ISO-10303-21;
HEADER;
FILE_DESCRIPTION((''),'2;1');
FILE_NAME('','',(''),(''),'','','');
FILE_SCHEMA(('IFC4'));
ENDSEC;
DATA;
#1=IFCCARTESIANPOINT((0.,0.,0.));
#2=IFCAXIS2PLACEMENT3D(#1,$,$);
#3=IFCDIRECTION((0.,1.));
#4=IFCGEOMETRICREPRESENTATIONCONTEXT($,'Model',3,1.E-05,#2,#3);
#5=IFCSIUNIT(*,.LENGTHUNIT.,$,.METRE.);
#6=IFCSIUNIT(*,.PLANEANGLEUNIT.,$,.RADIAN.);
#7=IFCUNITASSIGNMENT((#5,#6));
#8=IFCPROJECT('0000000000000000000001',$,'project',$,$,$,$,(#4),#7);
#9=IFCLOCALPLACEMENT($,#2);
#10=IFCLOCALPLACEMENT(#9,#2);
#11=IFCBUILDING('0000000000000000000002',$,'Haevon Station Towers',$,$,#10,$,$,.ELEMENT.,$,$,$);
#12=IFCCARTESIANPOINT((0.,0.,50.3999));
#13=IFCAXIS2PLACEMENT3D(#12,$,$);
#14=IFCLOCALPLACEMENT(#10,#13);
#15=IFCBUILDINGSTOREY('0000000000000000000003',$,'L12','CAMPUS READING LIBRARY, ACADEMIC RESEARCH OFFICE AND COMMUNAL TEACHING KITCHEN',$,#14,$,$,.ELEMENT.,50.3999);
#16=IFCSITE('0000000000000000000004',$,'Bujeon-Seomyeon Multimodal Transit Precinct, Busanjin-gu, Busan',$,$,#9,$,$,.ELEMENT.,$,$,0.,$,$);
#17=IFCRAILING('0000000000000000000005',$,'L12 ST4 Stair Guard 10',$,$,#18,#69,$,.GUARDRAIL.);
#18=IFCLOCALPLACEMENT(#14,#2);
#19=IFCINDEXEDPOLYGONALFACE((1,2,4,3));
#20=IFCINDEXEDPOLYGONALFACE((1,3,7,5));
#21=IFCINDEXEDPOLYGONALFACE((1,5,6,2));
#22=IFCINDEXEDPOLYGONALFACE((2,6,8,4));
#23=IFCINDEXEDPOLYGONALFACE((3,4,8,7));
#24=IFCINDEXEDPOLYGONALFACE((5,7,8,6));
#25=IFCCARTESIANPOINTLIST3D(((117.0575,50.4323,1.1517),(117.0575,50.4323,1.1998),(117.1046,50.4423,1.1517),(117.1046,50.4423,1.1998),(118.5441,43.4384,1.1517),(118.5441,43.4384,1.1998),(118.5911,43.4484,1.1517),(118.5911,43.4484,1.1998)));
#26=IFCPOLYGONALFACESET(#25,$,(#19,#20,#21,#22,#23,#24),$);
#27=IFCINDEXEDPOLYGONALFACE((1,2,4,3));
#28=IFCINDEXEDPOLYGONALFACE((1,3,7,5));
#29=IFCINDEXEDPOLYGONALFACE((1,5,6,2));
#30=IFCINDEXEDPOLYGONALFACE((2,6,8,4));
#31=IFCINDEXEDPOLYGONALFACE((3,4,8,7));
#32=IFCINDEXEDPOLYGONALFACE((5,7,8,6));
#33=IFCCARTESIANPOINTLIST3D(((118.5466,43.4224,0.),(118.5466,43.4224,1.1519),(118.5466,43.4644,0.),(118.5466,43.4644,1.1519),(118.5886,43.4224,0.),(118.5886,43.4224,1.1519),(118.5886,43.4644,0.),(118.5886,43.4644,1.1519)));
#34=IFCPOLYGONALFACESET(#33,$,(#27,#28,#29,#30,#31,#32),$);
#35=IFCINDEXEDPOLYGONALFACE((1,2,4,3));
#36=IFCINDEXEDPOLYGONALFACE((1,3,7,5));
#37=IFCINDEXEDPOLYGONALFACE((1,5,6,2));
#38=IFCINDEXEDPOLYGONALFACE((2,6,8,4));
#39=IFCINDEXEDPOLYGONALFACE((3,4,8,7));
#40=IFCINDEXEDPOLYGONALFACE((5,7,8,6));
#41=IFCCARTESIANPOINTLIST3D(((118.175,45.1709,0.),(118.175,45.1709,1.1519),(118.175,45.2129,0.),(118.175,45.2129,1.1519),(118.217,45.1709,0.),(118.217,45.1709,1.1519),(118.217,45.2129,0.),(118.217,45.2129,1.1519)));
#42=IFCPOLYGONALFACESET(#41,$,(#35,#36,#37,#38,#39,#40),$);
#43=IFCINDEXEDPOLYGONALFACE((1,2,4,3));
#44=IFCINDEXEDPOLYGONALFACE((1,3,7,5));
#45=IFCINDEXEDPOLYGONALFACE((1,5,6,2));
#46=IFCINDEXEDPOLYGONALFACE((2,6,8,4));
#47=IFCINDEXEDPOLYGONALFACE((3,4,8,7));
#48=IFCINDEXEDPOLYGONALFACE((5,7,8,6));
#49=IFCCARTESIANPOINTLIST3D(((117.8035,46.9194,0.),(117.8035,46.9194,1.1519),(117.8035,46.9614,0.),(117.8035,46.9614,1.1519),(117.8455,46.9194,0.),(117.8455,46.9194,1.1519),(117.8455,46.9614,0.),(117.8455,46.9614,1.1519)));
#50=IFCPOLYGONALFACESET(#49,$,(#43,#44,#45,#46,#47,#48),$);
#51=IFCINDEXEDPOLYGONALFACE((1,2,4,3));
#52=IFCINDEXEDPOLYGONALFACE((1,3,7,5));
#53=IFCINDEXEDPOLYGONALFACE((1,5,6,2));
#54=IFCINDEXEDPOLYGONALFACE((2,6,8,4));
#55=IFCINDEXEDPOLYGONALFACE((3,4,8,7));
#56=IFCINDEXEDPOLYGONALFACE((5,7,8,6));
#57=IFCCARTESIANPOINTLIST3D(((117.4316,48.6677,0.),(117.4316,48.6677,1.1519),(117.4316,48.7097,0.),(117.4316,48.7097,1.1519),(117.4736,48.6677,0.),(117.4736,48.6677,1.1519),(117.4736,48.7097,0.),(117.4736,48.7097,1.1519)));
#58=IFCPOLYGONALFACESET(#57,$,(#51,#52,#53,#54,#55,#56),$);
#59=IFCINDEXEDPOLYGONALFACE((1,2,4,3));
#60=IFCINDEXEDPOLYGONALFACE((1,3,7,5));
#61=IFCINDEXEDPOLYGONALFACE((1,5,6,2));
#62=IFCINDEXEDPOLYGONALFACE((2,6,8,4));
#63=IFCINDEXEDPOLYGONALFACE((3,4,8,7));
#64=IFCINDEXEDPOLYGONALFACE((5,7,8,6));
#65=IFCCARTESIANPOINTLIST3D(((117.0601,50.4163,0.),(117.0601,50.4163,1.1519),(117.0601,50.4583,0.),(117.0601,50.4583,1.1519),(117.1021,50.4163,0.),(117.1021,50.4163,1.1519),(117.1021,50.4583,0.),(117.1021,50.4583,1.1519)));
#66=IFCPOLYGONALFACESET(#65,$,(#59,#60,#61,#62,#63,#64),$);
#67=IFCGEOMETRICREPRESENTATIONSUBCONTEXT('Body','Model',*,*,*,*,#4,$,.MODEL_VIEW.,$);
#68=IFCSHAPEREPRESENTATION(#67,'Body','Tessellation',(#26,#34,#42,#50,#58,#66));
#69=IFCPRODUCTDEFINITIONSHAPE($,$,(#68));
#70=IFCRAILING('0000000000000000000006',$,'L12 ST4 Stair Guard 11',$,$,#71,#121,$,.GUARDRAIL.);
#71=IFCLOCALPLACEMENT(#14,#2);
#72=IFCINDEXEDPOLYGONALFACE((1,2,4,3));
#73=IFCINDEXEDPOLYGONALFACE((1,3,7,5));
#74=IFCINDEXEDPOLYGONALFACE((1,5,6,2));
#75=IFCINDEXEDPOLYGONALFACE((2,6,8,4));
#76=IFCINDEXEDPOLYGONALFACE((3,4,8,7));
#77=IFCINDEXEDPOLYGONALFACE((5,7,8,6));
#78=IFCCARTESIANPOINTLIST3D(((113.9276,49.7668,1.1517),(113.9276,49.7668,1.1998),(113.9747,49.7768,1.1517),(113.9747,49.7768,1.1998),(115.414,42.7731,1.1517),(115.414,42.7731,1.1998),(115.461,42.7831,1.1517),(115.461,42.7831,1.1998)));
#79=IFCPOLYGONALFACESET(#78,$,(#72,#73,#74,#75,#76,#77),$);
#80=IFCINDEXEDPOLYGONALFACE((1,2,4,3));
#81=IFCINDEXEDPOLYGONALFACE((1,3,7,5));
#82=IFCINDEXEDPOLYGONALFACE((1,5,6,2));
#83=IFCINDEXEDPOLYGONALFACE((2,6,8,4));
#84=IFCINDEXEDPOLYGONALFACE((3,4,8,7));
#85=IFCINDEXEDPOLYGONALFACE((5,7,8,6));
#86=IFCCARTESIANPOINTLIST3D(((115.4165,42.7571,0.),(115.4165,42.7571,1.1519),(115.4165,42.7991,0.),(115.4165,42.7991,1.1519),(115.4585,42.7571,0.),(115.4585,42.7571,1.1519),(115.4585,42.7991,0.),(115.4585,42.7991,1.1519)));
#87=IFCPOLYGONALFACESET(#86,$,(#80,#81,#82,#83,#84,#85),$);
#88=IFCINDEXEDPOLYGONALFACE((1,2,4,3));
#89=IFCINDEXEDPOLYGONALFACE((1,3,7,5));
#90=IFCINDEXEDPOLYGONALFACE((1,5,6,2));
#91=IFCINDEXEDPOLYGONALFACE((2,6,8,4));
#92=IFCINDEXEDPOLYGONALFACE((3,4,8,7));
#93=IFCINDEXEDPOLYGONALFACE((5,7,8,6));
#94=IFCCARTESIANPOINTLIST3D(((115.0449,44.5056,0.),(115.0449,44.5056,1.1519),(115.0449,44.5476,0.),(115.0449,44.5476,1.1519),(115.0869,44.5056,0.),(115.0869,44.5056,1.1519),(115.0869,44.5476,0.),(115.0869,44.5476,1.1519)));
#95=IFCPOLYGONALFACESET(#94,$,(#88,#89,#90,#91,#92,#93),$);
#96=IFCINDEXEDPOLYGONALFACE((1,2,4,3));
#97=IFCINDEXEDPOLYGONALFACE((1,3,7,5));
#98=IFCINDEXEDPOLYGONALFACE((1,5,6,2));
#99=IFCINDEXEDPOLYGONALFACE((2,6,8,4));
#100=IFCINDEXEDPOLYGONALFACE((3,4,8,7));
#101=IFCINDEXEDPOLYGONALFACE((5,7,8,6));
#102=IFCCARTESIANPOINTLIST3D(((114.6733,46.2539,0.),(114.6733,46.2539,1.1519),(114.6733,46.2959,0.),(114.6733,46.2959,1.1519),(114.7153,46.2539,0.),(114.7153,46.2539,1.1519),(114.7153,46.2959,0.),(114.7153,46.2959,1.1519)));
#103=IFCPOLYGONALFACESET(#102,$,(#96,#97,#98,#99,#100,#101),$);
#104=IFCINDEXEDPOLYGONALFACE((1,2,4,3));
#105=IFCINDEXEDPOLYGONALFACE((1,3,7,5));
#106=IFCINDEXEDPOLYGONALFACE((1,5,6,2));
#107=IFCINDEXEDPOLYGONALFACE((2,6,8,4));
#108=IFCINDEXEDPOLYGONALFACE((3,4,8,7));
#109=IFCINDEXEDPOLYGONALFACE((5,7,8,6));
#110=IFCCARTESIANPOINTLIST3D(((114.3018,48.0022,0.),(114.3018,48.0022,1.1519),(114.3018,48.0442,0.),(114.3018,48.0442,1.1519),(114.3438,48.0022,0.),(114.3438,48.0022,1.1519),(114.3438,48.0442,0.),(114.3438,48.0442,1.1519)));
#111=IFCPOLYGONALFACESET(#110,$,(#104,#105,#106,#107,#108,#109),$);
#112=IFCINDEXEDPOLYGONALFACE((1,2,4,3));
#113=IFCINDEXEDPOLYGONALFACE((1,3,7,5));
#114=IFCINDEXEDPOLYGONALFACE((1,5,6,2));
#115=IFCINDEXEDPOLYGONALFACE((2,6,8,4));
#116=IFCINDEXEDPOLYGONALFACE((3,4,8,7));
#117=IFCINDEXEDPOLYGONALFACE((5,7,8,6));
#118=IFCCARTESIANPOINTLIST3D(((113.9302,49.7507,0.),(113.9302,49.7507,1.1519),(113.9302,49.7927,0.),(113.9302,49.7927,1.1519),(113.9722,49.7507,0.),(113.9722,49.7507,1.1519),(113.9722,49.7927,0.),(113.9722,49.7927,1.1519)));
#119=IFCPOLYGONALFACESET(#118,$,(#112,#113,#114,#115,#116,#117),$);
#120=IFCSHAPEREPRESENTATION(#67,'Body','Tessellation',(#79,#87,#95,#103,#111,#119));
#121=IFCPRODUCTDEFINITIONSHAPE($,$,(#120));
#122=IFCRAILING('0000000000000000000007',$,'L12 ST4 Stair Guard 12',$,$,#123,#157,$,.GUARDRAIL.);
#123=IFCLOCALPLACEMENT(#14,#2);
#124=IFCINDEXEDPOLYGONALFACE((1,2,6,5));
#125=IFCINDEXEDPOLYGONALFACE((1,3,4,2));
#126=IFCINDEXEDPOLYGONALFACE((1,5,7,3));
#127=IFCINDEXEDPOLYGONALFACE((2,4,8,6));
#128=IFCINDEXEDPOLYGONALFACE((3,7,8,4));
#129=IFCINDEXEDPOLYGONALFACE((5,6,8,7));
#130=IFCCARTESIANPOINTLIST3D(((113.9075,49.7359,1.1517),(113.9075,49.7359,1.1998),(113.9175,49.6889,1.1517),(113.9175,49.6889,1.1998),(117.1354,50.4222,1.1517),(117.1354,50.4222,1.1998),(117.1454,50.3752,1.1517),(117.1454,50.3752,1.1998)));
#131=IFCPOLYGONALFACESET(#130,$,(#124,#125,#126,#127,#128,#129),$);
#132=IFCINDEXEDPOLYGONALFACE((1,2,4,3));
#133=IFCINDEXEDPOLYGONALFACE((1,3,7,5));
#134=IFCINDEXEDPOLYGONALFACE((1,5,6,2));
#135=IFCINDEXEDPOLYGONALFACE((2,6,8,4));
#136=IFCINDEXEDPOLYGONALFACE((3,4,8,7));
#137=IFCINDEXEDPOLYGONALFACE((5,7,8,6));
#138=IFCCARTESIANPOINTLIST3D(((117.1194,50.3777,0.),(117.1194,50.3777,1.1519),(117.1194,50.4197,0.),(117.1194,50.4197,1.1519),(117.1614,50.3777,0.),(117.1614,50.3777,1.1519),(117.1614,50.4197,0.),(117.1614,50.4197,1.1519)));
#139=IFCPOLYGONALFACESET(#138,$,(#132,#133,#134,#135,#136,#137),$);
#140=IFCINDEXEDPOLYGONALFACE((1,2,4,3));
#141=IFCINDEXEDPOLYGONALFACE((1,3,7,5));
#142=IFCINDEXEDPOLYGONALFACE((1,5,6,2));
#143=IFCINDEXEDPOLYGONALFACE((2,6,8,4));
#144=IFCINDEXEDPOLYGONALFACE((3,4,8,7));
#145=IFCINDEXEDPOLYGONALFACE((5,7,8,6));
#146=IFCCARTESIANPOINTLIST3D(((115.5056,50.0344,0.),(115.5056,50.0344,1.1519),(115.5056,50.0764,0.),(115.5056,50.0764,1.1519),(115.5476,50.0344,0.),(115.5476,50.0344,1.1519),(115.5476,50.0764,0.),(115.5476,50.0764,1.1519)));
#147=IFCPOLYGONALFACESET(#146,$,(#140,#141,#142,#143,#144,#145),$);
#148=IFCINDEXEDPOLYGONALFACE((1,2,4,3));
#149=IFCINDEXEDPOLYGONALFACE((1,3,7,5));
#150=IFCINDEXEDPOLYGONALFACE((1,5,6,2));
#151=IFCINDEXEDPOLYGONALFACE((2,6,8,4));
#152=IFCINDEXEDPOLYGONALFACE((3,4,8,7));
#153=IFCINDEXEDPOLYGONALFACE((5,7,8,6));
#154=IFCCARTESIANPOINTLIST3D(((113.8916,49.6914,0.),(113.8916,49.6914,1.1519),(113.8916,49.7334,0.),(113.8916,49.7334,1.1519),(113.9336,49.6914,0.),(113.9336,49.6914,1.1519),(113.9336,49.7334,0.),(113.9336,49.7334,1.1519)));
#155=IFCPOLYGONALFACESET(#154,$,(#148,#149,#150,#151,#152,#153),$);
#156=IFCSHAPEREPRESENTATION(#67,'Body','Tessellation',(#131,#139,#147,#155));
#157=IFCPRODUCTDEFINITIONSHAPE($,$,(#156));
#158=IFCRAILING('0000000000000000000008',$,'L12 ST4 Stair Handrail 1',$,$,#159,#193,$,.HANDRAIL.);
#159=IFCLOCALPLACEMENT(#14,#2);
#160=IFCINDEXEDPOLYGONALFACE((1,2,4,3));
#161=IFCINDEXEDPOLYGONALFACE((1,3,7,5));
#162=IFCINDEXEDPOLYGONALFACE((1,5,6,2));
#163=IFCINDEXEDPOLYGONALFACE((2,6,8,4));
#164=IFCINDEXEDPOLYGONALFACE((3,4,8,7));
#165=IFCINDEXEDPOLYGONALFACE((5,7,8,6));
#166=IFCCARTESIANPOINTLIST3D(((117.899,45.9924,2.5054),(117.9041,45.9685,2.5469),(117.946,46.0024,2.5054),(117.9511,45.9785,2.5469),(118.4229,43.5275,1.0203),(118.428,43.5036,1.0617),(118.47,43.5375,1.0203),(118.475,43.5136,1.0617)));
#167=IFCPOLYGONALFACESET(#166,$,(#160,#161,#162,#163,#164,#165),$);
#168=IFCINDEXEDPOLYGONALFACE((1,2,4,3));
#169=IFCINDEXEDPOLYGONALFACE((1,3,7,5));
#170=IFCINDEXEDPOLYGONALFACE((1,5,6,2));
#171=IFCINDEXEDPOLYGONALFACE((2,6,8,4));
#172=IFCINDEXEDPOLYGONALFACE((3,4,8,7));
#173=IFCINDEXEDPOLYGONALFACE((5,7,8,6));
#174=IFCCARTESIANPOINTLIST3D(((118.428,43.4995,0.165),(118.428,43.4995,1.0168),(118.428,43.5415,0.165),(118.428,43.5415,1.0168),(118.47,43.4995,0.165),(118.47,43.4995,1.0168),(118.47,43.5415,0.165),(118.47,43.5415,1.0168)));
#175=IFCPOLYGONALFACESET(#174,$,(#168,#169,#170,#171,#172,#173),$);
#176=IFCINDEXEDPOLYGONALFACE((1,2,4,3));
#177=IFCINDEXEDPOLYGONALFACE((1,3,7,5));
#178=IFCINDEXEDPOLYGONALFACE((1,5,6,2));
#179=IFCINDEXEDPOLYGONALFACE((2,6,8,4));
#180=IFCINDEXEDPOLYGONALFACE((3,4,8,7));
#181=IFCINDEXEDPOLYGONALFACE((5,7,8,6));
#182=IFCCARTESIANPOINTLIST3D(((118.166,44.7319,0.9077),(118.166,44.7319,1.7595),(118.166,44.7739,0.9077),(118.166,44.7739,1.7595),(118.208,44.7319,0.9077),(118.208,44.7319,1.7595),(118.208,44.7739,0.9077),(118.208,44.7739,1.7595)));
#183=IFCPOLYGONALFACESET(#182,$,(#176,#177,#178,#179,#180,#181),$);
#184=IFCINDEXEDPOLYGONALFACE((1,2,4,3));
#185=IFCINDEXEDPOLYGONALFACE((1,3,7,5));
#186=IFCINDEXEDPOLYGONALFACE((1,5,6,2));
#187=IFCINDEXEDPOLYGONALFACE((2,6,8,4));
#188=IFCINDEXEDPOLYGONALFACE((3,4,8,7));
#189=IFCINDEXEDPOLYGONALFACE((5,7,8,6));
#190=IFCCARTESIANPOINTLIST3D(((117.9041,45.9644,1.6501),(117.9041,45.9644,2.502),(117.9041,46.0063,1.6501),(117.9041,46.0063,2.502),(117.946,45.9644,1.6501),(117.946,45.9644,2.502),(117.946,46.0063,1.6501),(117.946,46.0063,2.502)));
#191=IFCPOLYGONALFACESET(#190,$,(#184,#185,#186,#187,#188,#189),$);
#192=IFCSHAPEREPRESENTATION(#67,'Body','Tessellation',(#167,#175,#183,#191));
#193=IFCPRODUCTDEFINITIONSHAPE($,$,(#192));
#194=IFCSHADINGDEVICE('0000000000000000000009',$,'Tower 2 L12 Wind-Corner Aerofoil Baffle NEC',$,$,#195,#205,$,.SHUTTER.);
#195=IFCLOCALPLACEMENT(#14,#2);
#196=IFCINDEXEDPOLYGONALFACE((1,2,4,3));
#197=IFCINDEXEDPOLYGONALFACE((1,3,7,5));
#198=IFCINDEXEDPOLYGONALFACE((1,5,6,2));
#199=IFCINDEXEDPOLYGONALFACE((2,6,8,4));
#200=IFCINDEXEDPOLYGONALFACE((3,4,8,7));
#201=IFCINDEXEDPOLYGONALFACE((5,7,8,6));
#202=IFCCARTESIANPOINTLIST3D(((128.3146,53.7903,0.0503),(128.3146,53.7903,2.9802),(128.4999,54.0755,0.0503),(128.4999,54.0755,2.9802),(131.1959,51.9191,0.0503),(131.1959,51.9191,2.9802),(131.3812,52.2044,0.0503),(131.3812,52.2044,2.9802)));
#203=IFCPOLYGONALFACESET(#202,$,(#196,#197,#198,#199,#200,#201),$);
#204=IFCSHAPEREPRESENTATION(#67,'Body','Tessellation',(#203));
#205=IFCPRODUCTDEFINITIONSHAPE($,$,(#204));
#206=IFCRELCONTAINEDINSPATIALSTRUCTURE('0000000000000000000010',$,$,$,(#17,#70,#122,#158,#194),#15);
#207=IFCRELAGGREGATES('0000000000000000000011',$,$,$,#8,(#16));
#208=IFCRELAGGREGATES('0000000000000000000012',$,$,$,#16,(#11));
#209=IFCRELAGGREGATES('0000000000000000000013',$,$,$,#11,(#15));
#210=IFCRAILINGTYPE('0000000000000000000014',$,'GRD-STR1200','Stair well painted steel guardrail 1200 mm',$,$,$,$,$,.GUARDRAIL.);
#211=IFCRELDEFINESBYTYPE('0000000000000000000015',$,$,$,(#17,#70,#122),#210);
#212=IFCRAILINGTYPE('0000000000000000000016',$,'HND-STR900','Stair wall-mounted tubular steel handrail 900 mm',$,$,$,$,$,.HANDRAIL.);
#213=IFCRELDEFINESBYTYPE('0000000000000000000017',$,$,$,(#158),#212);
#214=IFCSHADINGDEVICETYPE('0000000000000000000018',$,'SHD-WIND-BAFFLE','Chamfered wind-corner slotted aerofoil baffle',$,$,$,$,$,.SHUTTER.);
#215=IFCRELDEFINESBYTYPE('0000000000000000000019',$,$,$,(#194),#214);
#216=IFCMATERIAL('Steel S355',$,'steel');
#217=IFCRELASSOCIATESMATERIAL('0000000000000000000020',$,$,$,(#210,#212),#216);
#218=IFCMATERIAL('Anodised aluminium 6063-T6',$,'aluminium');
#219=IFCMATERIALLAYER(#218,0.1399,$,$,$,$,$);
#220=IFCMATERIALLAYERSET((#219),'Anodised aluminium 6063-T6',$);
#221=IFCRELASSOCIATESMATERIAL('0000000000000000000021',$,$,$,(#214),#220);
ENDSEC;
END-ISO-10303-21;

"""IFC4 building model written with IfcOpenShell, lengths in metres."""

from ifc_helpers import new_model, si_unit, direction, frame, origin, origin_2d, place, context, subcontext, project, spatial, rectangle, extrude, material, layer, layer_set, type_object, element, save


model = new_model("IFC4")

# Units and contexts
model_context = context("Model", 3, precision=1e-05, world=origin(), true_north=direction((0.0, 1.0)))
body_context = subcontext(model_context, "Body", "Model", "MODEL_VIEW")
ifc_project = project(units=[si_unit("LENGTHUNIT", "METRE"), si_unit("PLANEANGLEUNIT", "RADIAN")], contexts=[model_context])

# Site, building, storey
site_placement = place(None, origin())
site = spatial("IfcSite", under=ifc_project, at=site_placement, Name="Bujeon-Seomyeon Multimodal Transit Precinct, Busanjin-gu, Busan", CompositionType="ELEMENT", RefElevation=0.0)
building_placement = place(site_placement, origin())
building = spatial("IfcBuilding", under=site, at=building_placement, Name="Haevon Station Towers", CompositionType="ELEMENT")
storey_placement = place(building_placement, frame((0.0, 0.0, 50.3999)))
storey = spatial("IfcBuildingStorey", under=building, at=storey_placement, Name="L12", Description="CAMPUS READING LIBRARY, ACADEMIC RESEARCH OFFICE AND COMMUNAL TEACHING KITCHEN", CompositionType="ELEMENT", Elevation=50.3999)

# Shared definitions
ifc_material_1 = material(Name="Steel S355", Category="steel")

# Railings
railing_type_1 = type_object("IfcRailingType", Name="GRD-STR1200", Description="Stair well painted steel guardrail 1200 mm", PredefinedType="GUARDRAIL", material=ifc_material_1)
railing_1_placement = place(storey_placement, frame((118.5676, 43.4434, 0.0)))
element("IfcRailing", 1, at=railing_1_placement, inside=storey, type_object=railing_type_1, Name="L12 ST4 Stair Guard 10", PredefinedType="GUARDRAIL", context=body_context, shape_type="SweptSolid", body=[
    extrude(rectangle(XDim=0.0481, YDim=0.0481, at=origin_2d()), frame((0.0, 0.0, 1.1758), z_axis=(-0.207908, 0.978148, 0.0), x_axis=(-0.978148, -0.207908, 0.0)), (0.0, 0.0, 1.0), 7.1501),
    extrude(rectangle(XDim=0.042, YDim=0.042, at=origin_2d()), origin(), (0.0, 0.0, 1.0), 1.1519),
    extrude(rectangle(XDim=0.042, YDim=0.042, at=origin_2d()), frame((-0.3716, 1.7485, 0.0)), (0.0, 0.0, 1.0), 1.1519),
    extrude(rectangle(XDim=0.042, YDim=0.042, at=origin_2d()), frame((-0.7432, 3.4971, 0.0)), (0.0, 0.0, 1.0), 1.1519),
    extrude(rectangle(XDim=0.042, YDim=0.042, at=origin_2d()), frame((-1.115, 5.2454, 0.0)), (0.0, 0.0, 1.0), 1.1519),
    extrude(rectangle(XDim=0.042, YDim=0.042, at=origin_2d()), frame((-1.4866, 6.9939, 0.0)), (0.0, 0.0, 1.0), 1.1519),
])
railing_2_placement = place(storey_placement, frame((115.4375, 42.7781, 0.0)))
element("IfcRailing", 2, at=railing_2_placement, inside=storey, type_object=railing_type_1, Name="L12 ST4 Stair Guard 11", PredefinedType="GUARDRAIL", context=body_context, shape_type="SweptSolid", body=[
    extrude(rectangle(XDim=0.0481, YDim=0.0481, at=origin_2d()), frame((0.0, 0.0, 1.1758), z_axis=(-0.207882, 0.978154, 0.0), x_axis=(-0.978154, -0.207882, 0.0)), (0.0, 0.0, 1.0), 7.1499),
    extrude(rectangle(XDim=0.042, YDim=0.042, at=origin_2d()), origin(), (0.0, 0.0, 1.0), 1.1519),
    extrude(rectangle(XDim=0.042, YDim=0.042, at=origin_2d()), frame((-0.3716, 1.7485, 0.0)), (0.0, 0.0, 1.0), 1.1519),
    extrude(rectangle(XDim=0.042, YDim=0.042, at=origin_2d()), frame((-0.7432, 3.4968, 0.0)), (0.0, 0.0, 1.0), 1.1519),
    extrude(rectangle(XDim=0.042, YDim=0.042, at=origin_2d()), frame((-1.1147, 5.2451, 0.0)), (0.0, 0.0, 1.0), 1.1519),
    extrude(rectangle(XDim=0.042, YDim=0.042, at=origin_2d()), frame((-1.4863, 6.9937, 0.0)), (0.0, 0.0, 1.0), 1.1519),
])
railing_3_placement = place(storey_placement, frame((117.1404, 50.3987, 0.0)))
element("IfcRailing", 3, at=railing_3_placement, inside=storey, type_object=railing_type_1, Name="L12 ST4 Stair Guard 12", PredefinedType="GUARDRAIL", context=body_context, shape_type="SweptSolid", body=[
    extrude(rectangle(XDim=0.0481, YDim=0.0481, at=origin_2d()), frame((0.0, 0.0, 1.1758), z_axis=(-0.978136, -0.207968, 0.0), x_axis=(0.207968, -0.978136, 0.0)), (0.0, 0.0, 1.0), 3.3),
    extrude(rectangle(XDim=0.042, YDim=0.042, at=origin_2d()), origin(), (0.0, 0.0, 1.0), 1.1519),
    extrude(rectangle(XDim=0.042, YDim=0.042, at=origin_2d()), frame((-1.6138, -0.3433, 0.0)), (0.0, 0.0, 1.0), 1.1519),
    extrude(rectangle(XDim=0.042, YDim=0.042, at=origin_2d()), frame((-3.2278, -0.6863, 0.0)), (0.0, 0.0, 1.0), 1.1519),
])
railing_type_2 = type_object("IfcRailingType", Name="HND-STR900", Description="Stair wall-mounted tubular steel handrail 900 mm", PredefinedType="HANDRAIL", material=ifc_material_1)
railing_4_placement = place(storey_placement, frame((118.449, 43.5205, 0.165)))
element("IfcRailing", 4, at=railing_4_placement, inside=storey, type_object=railing_type_2, Name="L12 ST4 Stair Handrail 1", PredefinedType="HANDRAIL", context=body_context, shape_type="SweptSolid", body=[
    extrude(rectangle(XDim=0.0481, YDim=0.0481, at=origin_2d()), frame((0.0, 0.0, 0.876), z_axis=(-0.179121, 0.842688, 0.507733), x_axis=(-0.978147, -0.207914, 0.0)), (0.0, 0.0, 1.0), 2.925),
    extrude(rectangle(XDim=0.042, YDim=0.042, at=origin_2d()), origin(), (0.0, 0.0, 1.0), 0.8518),
    extrude(rectangle(XDim=0.042, YDim=0.042, at=origin_2d()), frame((-0.262, 1.2324, 0.7427)), (0.0, 0.0, 1.0), 0.8518),
    extrude(rectangle(XDim=0.042, YDim=0.042, at=origin_2d()), frame((-0.5239, 2.4648, 1.4851)), (0.0, 0.0, 1.0), 0.8518),
])

# Shading device
ifc_material_2 = material(Name="Anodised aluminium 6063-T6", Category="aluminium")
ifc_layer_1 = layer(ifc_material_2, 0.1399)
ifc_layer_set_1 = layer_set([ifc_layer_1], Name="Anodised aluminium 6063-T6")
shading_device_type = type_object("IfcShadingDeviceType", Name="SHD-WIND-BAFFLE", Description="Chamfered wind-corner slotted aerofoil baffle", PredefinedType="SHUTTER", material=ifc_layer_set_1)
shading_device_placement = place(storey_placement, frame((129.8479, 52.9973, 0.0503), z_axis=(0.0, 0.0, 1.0), x_axis=(0.838671, -0.544639, 0.0)))
element("IfcShadingDevice", 5, at=shading_device_placement, inside=storey, type_object=shading_device_type, Name="Tower 2 L12 Wind-Corner Aerofoil Baffle NEC", PredefinedType="SHUTTER", context=body_context, shape_type="SweptSolid", body=[
    extrude(rectangle(XDim=3.4355, YDim=0.3401, at=origin_2d()), origin(), (0.0, 0.0, 1.0), 2.9299),
])

save(model, "model.ifc")
